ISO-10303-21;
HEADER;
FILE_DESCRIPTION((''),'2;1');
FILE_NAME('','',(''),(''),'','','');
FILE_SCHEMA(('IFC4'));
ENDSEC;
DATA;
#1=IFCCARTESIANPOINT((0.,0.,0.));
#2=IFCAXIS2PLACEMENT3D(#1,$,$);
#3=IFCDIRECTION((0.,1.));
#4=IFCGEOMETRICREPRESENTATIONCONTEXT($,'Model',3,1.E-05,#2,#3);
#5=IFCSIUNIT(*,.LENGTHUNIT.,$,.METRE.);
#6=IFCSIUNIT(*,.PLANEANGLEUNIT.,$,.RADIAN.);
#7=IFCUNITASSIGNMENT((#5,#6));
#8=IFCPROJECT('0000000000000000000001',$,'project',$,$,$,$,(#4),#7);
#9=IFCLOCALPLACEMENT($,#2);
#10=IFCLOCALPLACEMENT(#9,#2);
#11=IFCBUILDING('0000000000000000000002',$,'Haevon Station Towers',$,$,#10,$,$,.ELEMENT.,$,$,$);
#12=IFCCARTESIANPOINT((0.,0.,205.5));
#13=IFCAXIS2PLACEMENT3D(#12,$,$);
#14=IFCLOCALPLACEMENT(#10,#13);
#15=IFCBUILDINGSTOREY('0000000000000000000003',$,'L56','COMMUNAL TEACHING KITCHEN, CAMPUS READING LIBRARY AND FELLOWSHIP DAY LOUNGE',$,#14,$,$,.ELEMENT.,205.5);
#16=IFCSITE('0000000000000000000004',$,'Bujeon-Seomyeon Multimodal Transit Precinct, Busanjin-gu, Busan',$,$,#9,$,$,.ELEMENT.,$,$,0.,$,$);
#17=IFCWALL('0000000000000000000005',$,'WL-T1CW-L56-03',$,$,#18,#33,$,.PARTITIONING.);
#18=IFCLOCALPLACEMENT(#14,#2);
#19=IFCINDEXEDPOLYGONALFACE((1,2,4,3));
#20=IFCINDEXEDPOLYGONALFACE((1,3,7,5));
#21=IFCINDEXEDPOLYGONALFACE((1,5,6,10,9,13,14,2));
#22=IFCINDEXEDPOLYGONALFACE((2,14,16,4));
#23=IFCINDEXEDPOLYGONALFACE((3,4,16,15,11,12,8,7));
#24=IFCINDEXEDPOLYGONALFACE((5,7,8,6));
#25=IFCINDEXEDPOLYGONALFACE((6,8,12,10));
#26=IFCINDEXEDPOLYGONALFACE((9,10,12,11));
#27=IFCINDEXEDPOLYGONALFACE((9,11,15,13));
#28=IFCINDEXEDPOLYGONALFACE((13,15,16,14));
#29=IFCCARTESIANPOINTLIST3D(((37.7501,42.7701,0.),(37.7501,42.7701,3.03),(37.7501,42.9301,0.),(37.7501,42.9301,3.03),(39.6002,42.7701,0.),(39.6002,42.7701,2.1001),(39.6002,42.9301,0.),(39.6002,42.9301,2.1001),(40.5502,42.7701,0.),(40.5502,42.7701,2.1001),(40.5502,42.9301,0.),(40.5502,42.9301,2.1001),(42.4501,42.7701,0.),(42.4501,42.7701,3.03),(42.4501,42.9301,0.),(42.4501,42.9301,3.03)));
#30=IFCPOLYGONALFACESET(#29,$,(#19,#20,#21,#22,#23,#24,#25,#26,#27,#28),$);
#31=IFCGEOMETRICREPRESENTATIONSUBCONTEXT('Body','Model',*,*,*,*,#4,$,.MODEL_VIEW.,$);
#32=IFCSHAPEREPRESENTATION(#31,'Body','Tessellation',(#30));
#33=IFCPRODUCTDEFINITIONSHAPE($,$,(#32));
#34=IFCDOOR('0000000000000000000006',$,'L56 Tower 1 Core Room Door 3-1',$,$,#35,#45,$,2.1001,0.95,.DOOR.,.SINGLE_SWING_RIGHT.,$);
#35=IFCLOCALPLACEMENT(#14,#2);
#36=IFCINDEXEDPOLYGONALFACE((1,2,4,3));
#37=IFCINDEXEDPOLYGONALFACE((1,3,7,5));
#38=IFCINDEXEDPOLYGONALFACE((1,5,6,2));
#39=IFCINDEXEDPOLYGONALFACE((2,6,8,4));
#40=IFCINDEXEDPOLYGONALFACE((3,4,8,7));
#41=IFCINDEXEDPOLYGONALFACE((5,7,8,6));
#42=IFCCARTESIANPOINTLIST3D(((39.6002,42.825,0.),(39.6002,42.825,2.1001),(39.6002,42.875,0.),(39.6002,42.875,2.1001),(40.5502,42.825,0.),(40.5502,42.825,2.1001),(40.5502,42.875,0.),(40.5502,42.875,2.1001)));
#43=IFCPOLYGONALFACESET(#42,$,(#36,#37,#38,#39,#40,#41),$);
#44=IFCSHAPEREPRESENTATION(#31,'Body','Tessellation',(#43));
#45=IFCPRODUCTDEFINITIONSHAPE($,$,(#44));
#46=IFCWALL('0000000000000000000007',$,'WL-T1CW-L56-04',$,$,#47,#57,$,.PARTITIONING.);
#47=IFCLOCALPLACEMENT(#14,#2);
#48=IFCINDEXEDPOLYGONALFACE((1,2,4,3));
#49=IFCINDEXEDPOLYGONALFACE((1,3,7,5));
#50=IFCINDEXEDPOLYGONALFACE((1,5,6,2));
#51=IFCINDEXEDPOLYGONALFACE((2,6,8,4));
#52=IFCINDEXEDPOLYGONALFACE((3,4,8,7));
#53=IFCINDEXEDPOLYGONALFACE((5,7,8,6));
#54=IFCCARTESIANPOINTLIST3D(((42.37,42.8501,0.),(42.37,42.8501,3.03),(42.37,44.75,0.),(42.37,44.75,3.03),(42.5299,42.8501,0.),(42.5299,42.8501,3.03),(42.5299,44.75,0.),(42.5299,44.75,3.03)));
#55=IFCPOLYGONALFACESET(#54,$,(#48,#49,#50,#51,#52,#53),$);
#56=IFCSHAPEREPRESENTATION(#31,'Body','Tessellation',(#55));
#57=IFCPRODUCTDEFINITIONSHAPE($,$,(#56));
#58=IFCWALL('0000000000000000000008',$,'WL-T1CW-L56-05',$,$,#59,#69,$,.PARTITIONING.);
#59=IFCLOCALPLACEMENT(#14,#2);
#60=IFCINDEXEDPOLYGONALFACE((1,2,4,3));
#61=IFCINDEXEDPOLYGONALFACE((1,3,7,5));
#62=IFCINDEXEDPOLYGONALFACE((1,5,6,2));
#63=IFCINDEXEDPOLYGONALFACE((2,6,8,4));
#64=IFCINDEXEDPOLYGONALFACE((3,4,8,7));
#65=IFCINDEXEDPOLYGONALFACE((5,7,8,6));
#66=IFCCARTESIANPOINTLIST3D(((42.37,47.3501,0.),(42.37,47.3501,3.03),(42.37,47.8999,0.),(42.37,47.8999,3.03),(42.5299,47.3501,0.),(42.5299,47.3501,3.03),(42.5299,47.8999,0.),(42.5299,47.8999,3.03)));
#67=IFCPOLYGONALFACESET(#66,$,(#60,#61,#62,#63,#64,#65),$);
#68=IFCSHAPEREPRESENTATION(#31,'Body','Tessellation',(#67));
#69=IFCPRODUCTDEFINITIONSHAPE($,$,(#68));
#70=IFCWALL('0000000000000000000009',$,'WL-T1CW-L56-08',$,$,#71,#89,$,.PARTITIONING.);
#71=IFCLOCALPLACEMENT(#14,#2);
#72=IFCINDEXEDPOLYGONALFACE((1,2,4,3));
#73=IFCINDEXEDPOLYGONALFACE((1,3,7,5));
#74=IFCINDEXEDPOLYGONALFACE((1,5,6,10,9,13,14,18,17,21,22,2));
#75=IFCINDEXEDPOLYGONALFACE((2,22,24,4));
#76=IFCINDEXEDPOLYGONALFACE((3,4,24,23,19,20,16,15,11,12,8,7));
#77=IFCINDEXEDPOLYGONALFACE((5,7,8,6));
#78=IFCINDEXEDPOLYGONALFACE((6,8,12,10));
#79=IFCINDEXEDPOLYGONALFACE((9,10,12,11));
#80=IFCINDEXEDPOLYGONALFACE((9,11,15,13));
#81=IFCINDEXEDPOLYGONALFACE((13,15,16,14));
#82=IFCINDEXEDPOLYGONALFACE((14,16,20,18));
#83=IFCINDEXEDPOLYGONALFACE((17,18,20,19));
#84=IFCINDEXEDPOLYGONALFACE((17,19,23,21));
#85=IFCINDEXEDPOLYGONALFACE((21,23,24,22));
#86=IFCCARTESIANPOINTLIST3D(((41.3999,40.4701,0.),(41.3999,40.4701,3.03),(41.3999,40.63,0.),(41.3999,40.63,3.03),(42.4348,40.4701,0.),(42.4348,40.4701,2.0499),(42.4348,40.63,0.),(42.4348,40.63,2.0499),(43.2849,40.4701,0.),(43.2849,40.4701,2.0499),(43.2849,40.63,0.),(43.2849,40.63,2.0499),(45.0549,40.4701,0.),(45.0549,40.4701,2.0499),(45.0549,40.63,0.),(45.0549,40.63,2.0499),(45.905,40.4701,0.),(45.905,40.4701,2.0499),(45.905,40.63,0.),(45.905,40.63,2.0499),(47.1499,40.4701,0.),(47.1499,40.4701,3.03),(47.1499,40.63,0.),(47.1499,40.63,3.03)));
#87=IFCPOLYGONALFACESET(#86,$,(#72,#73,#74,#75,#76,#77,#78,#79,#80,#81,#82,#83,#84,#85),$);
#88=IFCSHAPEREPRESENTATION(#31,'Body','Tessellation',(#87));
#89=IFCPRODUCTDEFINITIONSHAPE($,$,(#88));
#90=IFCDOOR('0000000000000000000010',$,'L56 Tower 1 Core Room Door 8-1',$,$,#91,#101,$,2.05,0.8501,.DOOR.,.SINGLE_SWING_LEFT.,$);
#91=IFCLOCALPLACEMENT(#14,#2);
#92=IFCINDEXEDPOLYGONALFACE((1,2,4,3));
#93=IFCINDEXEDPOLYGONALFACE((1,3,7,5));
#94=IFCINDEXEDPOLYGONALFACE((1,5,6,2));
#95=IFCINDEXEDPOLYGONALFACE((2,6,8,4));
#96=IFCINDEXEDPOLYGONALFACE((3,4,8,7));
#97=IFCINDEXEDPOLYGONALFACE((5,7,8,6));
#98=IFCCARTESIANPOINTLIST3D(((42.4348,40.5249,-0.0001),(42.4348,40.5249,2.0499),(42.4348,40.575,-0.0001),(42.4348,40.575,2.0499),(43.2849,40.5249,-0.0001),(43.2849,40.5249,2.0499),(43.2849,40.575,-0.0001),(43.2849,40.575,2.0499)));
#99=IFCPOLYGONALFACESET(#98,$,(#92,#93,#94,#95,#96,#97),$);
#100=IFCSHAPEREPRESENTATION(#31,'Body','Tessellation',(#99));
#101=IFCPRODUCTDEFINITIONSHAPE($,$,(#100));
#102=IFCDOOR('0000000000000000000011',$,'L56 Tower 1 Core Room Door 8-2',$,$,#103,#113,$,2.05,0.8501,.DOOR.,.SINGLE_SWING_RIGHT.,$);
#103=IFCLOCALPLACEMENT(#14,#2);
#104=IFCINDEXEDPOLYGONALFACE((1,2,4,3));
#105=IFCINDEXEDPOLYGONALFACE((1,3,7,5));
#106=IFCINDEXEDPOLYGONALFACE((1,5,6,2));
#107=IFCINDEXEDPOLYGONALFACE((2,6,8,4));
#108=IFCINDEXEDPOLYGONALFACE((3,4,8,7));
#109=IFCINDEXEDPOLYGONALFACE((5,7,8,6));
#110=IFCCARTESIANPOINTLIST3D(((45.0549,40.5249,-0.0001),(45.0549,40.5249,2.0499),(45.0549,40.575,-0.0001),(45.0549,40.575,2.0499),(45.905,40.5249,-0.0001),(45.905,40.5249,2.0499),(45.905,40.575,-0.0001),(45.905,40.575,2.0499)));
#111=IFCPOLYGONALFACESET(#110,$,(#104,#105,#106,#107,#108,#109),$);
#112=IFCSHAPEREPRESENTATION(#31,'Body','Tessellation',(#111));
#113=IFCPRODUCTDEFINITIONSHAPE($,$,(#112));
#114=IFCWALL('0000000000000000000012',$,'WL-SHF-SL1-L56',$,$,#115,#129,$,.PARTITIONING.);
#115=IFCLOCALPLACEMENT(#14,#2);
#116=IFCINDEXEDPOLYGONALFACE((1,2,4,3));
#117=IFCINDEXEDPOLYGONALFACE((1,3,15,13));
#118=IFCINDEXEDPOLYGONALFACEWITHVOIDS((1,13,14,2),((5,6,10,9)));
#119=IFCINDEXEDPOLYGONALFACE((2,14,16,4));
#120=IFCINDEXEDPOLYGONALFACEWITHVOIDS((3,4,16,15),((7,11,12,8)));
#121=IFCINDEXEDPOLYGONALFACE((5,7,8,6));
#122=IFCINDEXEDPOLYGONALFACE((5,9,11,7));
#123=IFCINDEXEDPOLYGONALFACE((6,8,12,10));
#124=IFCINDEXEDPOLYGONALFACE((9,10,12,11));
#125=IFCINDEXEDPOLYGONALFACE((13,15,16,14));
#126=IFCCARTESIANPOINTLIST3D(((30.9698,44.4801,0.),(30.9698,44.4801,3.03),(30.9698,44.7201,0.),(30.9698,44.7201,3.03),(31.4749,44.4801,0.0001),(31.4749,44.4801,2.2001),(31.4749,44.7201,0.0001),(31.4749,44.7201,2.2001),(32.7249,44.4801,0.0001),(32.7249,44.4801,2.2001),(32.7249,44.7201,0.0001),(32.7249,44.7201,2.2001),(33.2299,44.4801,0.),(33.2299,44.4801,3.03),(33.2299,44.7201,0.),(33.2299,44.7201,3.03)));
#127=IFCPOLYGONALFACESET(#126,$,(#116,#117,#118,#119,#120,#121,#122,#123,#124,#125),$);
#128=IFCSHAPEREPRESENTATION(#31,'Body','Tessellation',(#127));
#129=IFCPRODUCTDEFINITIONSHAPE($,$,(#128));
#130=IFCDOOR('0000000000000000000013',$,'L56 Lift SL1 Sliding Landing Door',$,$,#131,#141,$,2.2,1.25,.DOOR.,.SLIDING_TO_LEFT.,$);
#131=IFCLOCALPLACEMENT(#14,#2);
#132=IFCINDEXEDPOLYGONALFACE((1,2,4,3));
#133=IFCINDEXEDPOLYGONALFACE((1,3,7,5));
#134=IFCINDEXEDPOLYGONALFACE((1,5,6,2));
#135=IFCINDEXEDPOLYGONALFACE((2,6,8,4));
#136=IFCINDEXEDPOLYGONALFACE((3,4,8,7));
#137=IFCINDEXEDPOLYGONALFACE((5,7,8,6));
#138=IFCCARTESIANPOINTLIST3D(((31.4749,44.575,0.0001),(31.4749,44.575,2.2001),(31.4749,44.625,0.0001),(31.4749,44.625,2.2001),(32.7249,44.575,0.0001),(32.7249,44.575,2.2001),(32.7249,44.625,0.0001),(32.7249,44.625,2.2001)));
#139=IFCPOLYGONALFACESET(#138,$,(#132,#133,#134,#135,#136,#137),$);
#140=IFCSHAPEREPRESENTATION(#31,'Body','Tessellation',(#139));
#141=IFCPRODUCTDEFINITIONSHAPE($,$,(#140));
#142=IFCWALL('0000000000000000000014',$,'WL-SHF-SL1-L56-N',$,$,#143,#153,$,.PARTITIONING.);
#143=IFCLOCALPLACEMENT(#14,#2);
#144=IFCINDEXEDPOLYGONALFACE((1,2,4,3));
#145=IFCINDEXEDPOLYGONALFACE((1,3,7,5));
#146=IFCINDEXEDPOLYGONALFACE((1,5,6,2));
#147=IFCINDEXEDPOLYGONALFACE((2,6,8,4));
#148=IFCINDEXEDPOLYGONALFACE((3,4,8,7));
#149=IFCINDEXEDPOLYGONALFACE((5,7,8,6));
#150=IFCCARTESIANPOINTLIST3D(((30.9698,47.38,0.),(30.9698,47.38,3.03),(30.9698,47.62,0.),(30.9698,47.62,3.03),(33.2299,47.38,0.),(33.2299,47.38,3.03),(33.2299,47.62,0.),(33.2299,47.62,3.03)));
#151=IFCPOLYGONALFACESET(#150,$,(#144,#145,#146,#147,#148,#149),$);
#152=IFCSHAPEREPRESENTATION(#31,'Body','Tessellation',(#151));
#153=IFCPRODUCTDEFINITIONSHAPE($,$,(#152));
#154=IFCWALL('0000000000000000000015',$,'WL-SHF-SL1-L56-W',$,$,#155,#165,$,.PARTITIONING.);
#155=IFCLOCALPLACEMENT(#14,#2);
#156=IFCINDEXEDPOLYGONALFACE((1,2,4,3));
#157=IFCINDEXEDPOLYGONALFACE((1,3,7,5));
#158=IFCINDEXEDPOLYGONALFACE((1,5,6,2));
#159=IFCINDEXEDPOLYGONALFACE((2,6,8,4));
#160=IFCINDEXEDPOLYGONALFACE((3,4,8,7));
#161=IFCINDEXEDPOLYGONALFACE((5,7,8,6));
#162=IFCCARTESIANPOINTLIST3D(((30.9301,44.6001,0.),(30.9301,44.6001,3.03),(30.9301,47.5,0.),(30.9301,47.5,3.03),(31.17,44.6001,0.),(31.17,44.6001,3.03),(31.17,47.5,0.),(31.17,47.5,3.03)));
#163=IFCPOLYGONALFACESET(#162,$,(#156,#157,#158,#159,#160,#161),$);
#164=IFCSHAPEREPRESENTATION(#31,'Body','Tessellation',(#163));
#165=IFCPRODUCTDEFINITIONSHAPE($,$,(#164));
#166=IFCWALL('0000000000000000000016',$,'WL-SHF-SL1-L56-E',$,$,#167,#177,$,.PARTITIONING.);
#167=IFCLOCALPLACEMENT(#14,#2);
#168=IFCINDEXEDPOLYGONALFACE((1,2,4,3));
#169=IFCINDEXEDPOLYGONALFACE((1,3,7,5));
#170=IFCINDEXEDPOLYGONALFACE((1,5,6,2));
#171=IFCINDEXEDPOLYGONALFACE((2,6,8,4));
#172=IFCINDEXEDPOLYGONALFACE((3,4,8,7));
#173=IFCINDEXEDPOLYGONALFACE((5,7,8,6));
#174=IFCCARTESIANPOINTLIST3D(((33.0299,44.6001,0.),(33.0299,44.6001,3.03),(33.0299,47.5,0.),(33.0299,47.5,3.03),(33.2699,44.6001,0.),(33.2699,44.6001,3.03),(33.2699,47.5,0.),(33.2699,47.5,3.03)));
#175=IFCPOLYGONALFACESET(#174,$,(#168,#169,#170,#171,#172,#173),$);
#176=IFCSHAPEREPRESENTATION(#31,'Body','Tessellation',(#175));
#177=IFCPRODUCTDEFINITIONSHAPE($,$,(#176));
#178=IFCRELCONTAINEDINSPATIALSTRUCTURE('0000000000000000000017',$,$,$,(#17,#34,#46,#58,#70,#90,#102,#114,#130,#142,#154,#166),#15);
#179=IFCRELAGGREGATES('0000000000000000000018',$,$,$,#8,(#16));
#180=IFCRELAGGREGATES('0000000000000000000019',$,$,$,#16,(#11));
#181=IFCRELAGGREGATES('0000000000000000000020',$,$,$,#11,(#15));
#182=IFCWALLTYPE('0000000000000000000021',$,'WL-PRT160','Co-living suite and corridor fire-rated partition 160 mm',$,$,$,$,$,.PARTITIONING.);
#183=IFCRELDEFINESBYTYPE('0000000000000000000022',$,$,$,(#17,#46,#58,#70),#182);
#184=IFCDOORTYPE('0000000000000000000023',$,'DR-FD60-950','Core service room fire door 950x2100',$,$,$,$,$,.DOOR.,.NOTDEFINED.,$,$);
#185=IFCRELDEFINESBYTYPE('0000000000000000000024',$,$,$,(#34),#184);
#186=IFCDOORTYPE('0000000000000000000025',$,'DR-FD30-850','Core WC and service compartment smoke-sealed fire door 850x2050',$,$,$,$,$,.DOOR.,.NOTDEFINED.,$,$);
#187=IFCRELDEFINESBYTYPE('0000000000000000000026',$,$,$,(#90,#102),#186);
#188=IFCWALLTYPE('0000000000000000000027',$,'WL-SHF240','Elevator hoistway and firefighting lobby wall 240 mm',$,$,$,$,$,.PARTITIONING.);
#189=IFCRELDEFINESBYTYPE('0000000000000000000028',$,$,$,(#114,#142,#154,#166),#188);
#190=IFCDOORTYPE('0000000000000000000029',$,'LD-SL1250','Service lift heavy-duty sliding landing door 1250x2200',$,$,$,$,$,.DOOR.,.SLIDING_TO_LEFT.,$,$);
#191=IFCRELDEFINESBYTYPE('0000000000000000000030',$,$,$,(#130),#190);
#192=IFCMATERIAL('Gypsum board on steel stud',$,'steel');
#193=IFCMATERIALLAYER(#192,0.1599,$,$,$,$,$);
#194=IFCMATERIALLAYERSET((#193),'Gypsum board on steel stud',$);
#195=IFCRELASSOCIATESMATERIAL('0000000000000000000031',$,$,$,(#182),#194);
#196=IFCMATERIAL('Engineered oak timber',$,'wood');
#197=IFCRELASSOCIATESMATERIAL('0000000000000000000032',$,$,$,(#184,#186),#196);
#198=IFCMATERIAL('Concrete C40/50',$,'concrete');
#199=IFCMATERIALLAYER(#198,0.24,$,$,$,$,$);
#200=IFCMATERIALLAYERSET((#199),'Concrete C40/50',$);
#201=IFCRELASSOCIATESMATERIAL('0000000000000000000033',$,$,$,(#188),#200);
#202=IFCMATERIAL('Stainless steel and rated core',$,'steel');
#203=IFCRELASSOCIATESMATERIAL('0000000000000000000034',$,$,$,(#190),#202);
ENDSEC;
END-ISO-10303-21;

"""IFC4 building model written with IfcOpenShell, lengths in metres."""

from ifc_helpers import new_model, si_unit, direction, frame, frame_2d, origin, place, context, subcontext, project, spatial, rectangle, extrude, material, layer, layer_set, type_object, element, fill, save


model = new_model("IFC4")

# Units and contexts
model_context = context("Model", 3, precision=1e-05, world=origin(), true_north=direction((0.0, 1.0)))
body_context = subcontext(model_context, "Body", "Model", "MODEL_VIEW")
ifc_project = project(units=[si_unit("LENGTHUNIT", "METRE"), si_unit("PLANEANGLEUNIT", "RADIAN")], contexts=[model_context])

# Site, building, storey
site_placement = place(None, origin())
site = spatial("IfcSite", under=ifc_project, at=site_placement, Name="Bujeon-Seomyeon Multimodal Transit Precinct, Busanjin-gu, Busan", CompositionType="ELEMENT", RefElevation=0.0)
building_placement = place(site_placement, origin())
building = spatial("IfcBuilding", under=site, at=building_placement, Name="Haevon Station Towers", CompositionType="ELEMENT")
storey_placement = place(building_placement, frame((0.0, 0.0, 205.5)))
storey = spatial("IfcBuildingStorey", under=building, at=storey_placement, Name="L56", Description="COMMUNAL TEACHING KITCHEN, CAMPUS READING LIBRARY AND FELLOWSHIP DAY LOUNGE", CompositionType="ELEMENT", Elevation=205.5)

# Shared definitions
ifc_material_1 = material(Name="Gypsum board on steel stud", Category="steel")
ifc_layer_1 = layer(ifc_material_1, 0.1599)
ifc_layer_set_1 = layer_set([ifc_layer_1], Name="Gypsum board on steel stud")
wall_type_1 = type_object("IfcWallType", Name="WL-PRT160", Description="Co-living suite and corridor fire-rated partition 160 mm", PredefinedType="PARTITIONING", material=ifc_layer_set_1)
ifc_material_2 = material(Name="Engineered oak timber", Category="wood")
door_type_1 = type_object("IfcDoorType", Name="DR-FD60-950", Description="Core service room fire door 950x2100", OperationType="NOTDEFINED", PredefinedType="DOOR", material=ifc_material_2)

# Wall, opening, door
wall_1_placement = place(storey_placement, frame((37.75, 42.8501, 0.0), z_axis=(0.0, 0.0, 1.0), x_axis=(1.0, 0.0, 0.0)))
wall_1 = element("IfcWall", 1, at=wall_1_placement, inside=storey, type_object=wall_type_1, Name="WL-T1CW-L56-03", PredefinedType="PARTITIONING", context=body_context, shape_type="SweptSolid", body=[
    extrude(rectangle(XDim=4.7, YDim=0.1599, at=frame_2d((2.3501, 0.0))), origin(), (0.0, 0.0, 1.0), 3.03),
])
opening_1_placement = place(wall_1_placement, frame((1.8501, 0.0, 0.0)))
opening_1 = element("IfcOpeningElement", 2, at=opening_1_placement, cuts=wall_1, PredefinedType="OPENING", context=body_context, shape_type="SweptSolid", body=[
    extrude(rectangle(XDim=0.95, YDim=2.1001, at=frame_2d((0.4751, 1.05))), frame((0.0, 0.0898, 0.0), z_axis=(0.0, -1.0, 0.0), x_axis=(1.0, 0.0, 0.0)), (0.0, 0.0, 1.0), 0.1799),
])
door_1_placement = place(opening_1_placement, origin())
door_1 = element("IfcDoor", 3, at=door_1_placement, inside=storey, type_object=door_type_1, Name="L56 Tower 1 Core Room Door 3-1", OperationType="SINGLE_SWING_RIGHT", OverallHeight=2.1001, OverallWidth=0.95, PredefinedType="DOOR", context=body_context, shape_type="SweptSolid", body=[
    extrude(rectangle(XDim=0.95, YDim=2.1001, at=frame_2d((0.4751, 1.05))), frame((0.0, 0.0249, 0.0), z_axis=(0.0, -1.0, 0.0), x_axis=(1.0, 0.0, 0.0)), (0.0, 0.0, 1.0), 0.05),
])
fill(opening_1, door_1)

# Walls
wall_2_placement = place(storey_placement, frame((42.45, 42.8501, 0.0), z_axis=(0.0, 0.0, 1.0), x_axis=(0.0, 1.0, 0.0)))
element("IfcWall", 4, at=wall_2_placement, inside=storey, type_object=wall_type_1, Name="WL-T1CW-L56-04", PredefinedType="PARTITIONING", context=body_context, shape_type="SweptSolid", body=[
    extrude(rectangle(XDim=1.8999, YDim=0.1599, at=frame_2d((0.95, 0.0))), origin(), (0.0, 0.0, 1.0), 3.03),
])
wall_3_placement = place(storey_placement, frame((42.45, 47.3501, 0.0), z_axis=(0.0, 0.0, 1.0), x_axis=(0.0, 1.0, 0.0)))
element("IfcWall", 5, at=wall_3_placement, inside=storey, type_object=wall_type_1, Name="WL-T1CW-L56-05", PredefinedType="PARTITIONING", context=body_context, shape_type="SweptSolid", body=[
    extrude(rectangle(XDim=0.5498, YDim=0.1599, at=frame_2d((0.2749, 0.0))), origin(), (0.0, 0.0, 1.0), 3.03),
])

# Wall, openings, doors
wall_4_placement = place(storey_placement, frame((41.3999, 40.55, 0.0), z_axis=(0.0, 0.0, 1.0), x_axis=(1.0, 0.0, 0.0)))
wall_4 = element("IfcWall", 6, at=wall_4_placement, inside=storey, type_object=wall_type_1, Name="WL-T1CW-L56-08", PredefinedType="PARTITIONING", context=body_context, shape_type="SweptSolid", body=[
    extrude(rectangle(XDim=5.75, YDim=0.1599, at=frame_2d((2.875, 0.0))), origin(), (0.0, 0.0, 1.0), 3.03),
])
opening_2_placement = place(wall_4_placement, frame((1.0349, 0.0, 0.0)))
opening_2 = element("IfcOpeningElement", 7, at=opening_2_placement, cuts=wall_4, PredefinedType="OPENING", context=body_context, shape_type="SweptSolid", body=[
    extrude(rectangle(XDim=0.8501, YDim=2.05, at=frame_2d((0.425, 1.0249))), frame((0.0, 0.0898, 0.0), z_axis=(0.0, -1.0, 0.0), x_axis=(1.0, 0.0, 0.0)), (0.0, 0.0, 1.0), 0.1799),
])
opening_3_placement = place(wall_4_placement, frame((3.655, 0.0, 0.0)))
opening_3 = element("IfcOpeningElement", 8, at=opening_3_placement, cuts=wall_4, PredefinedType="OPENING", context=body_context, shape_type="SweptSolid", body=[
    extrude(rectangle(XDim=0.8501, YDim=2.05, at=frame_2d((0.425, 1.0249))), frame((0.0, 0.0898, 0.0), z_axis=(0.0, -1.0, 0.0), x_axis=(1.0, 0.0, 0.0)), (0.0, 0.0, 1.0), 0.1799),
])
door_type_2 = type_object("IfcDoorType", Name="DR-FD30-850", Description="Core WC and service compartment smoke-sealed fire door 850x2050", OperationType="NOTDEFINED", PredefinedType="DOOR", material=ifc_material_2)
door_2_placement = place(opening_2_placement, origin())
door_2 = element("IfcDoor", 9, at=door_2_placement, inside=storey, type_object=door_type_2, Name="L56 Tower 1 Core Room Door 8-1", OperationType="SINGLE_SWING_LEFT", OverallHeight=2.05, OverallWidth=0.8501, PredefinedType="DOOR", context=body_context, shape_type="SweptSolid", body=[
    extrude(rectangle(XDim=0.8501, YDim=2.05, at=frame_2d((0.425, 1.0249))), frame((0.0, 0.0249, 0.0), z_axis=(0.0, -1.0, 0.0), x_axis=(1.0, 0.0, 0.0)), (0.0, 0.0, 1.0), 0.05),
])
fill(opening_2, door_2)
door_3_placement = place(opening_3_placement, origin())
door_3 = element("IfcDoor", 10, at=door_3_placement, inside=storey, type_object=door_type_2, Name="L56 Tower 1 Core Room Door 8-2", OperationType="SINGLE_SWING_RIGHT", OverallHeight=2.05, OverallWidth=0.8501, PredefinedType="DOOR", context=body_context, shape_type="SweptSolid", body=[
    extrude(rectangle(XDim=0.8501, YDim=2.05, at=frame_2d((0.425, 1.0249))), frame((0.0, 0.0249, 0.0), z_axis=(0.0, -1.0, 0.0), x_axis=(1.0, 0.0, 0.0)), (0.0, 0.0, 1.0), 0.05),
])
fill(opening_3, door_3)

# Wall, opening, door
ifc_material_3 = material(Name="Concrete C40/50", Category="concrete")
ifc_layer_2 = layer(ifc_material_3, 0.24)
ifc_layer_set_2 = layer_set([ifc_layer_2], Name="Concrete C40/50")
wall_type_2 = type_object("IfcWallType", Name="WL-SHF240", Description="Elevator hoistway and firefighting lobby wall 240 mm", PredefinedType="PARTITIONING", material=ifc_layer_set_2)
wall_5_placement = place(storey_placement, frame((30.97, 44.6001, 0.0), z_axis=(0.0, 0.0, 1.0), x_axis=(1.0, 0.0, 0.0)))
wall_5 = element("IfcWall", 11, at=wall_5_placement, inside=storey, type_object=wall_type_2, Name="WL-SHF-SL1-L56", PredefinedType="PARTITIONING", context=body_context, shape_type="SweptSolid", body=[
    extrude(rectangle(XDim=2.26, YDim=0.24, at=frame_2d((1.1299, 0.0))), origin(), (0.0, 0.0, 1.0), 3.03),
])
opening_4_placement = place(wall_5_placement, frame((0.5049, 0.0, 0.0)))
opening_4 = element("IfcOpeningElement", 12, at=opening_4_placement, cuts=wall_5, PredefinedType="OPENING", context=body_context, shape_type="SweptSolid", body=[
    extrude(rectangle(XDim=1.25, YDim=2.2, at=frame_2d((0.625, 1.1001))), frame((0.0, 0.1299, 0.0), z_axis=(0.0, -1.0, 0.0), x_axis=(1.0, 0.0, 0.0)), (0.0, 0.0, 1.0), 0.26),
])
ifc_material_4 = material(Name="Stainless steel and rated core", Category="steel")
door_type_3 = type_object("IfcDoorType", Name="LD-SL1250", Description="Service lift heavy-duty sliding landing door 1250x2200", OperationType="SLIDING_TO_LEFT", PredefinedType="DOOR", material=ifc_material_4)
door_4_placement = place(opening_4_placement, origin())
door_4 = element("IfcDoor", 13, at=door_4_placement, inside=storey, type_object=door_type_3, Name="L56 Lift SL1 Sliding Landing Door", OperationType="SLIDING_TO_LEFT", OverallHeight=2.2, OverallWidth=1.25, PredefinedType="DOOR", context=body_context, shape_type="SweptSolid", body=[
    extrude(rectangle(XDim=1.25, YDim=2.2, at=frame_2d((0.625, 1.1001))), frame((0.0, 0.0249, 0.0), z_axis=(0.0, -1.0, 0.0), x_axis=(1.0, 0.0, 0.0)), (0.0, 0.0, 1.0), 0.05),
])
fill(opening_4, door_4)

# Walls
wall_6_placement = place(storey_placement, frame((30.97, 47.5, 0.0), z_axis=(0.0, 0.0, 1.0), x_axis=(1.0, 0.0, 0.0)))
element("IfcWall", 14, at=wall_6_placement, inside=storey, type_object=wall_type_2, Name="WL-SHF-SL1-L56-N", PredefinedType="PARTITIONING", context=body_context, shape_type="SweptSolid", body=[
    extrude(rectangle(XDim=2.26, YDim=0.24, at=frame_2d((1.1299, 0.0))), origin(), (0.0, 0.0, 1.0), 3.03),
])
for number, where, z_axis, x_axis, name in (
    (15, (31.05, 44.6001, 0.0), (0.0, 0.0, 1.0), (0.0, 1.0, 0.0), "WL-SHF-SL1-L56-W"),
    (16, (33.1499, 44.6001, 0.0), (0.0, 0.0, 1.0), (0.0, 1.0, 0.0), "WL-SHF-SL1-L56-E"),
):
    element("IfcWall", number, at=place(storey_placement, frame(where, z_axis=z_axis, x_axis=x_axis)), inside=storey, type_object=wall_type_2, Name=name, PredefinedType="PARTITIONING", context=body_context, shape_type="SweptSolid", body=[
        extrude(rectangle(XDim=2.8999, YDim=0.24, at=frame_2d((1.45, 0.0))), origin(), (0.0, 0.0, 1.0), 3.03),
    ])

save(model, "model.ifc")
